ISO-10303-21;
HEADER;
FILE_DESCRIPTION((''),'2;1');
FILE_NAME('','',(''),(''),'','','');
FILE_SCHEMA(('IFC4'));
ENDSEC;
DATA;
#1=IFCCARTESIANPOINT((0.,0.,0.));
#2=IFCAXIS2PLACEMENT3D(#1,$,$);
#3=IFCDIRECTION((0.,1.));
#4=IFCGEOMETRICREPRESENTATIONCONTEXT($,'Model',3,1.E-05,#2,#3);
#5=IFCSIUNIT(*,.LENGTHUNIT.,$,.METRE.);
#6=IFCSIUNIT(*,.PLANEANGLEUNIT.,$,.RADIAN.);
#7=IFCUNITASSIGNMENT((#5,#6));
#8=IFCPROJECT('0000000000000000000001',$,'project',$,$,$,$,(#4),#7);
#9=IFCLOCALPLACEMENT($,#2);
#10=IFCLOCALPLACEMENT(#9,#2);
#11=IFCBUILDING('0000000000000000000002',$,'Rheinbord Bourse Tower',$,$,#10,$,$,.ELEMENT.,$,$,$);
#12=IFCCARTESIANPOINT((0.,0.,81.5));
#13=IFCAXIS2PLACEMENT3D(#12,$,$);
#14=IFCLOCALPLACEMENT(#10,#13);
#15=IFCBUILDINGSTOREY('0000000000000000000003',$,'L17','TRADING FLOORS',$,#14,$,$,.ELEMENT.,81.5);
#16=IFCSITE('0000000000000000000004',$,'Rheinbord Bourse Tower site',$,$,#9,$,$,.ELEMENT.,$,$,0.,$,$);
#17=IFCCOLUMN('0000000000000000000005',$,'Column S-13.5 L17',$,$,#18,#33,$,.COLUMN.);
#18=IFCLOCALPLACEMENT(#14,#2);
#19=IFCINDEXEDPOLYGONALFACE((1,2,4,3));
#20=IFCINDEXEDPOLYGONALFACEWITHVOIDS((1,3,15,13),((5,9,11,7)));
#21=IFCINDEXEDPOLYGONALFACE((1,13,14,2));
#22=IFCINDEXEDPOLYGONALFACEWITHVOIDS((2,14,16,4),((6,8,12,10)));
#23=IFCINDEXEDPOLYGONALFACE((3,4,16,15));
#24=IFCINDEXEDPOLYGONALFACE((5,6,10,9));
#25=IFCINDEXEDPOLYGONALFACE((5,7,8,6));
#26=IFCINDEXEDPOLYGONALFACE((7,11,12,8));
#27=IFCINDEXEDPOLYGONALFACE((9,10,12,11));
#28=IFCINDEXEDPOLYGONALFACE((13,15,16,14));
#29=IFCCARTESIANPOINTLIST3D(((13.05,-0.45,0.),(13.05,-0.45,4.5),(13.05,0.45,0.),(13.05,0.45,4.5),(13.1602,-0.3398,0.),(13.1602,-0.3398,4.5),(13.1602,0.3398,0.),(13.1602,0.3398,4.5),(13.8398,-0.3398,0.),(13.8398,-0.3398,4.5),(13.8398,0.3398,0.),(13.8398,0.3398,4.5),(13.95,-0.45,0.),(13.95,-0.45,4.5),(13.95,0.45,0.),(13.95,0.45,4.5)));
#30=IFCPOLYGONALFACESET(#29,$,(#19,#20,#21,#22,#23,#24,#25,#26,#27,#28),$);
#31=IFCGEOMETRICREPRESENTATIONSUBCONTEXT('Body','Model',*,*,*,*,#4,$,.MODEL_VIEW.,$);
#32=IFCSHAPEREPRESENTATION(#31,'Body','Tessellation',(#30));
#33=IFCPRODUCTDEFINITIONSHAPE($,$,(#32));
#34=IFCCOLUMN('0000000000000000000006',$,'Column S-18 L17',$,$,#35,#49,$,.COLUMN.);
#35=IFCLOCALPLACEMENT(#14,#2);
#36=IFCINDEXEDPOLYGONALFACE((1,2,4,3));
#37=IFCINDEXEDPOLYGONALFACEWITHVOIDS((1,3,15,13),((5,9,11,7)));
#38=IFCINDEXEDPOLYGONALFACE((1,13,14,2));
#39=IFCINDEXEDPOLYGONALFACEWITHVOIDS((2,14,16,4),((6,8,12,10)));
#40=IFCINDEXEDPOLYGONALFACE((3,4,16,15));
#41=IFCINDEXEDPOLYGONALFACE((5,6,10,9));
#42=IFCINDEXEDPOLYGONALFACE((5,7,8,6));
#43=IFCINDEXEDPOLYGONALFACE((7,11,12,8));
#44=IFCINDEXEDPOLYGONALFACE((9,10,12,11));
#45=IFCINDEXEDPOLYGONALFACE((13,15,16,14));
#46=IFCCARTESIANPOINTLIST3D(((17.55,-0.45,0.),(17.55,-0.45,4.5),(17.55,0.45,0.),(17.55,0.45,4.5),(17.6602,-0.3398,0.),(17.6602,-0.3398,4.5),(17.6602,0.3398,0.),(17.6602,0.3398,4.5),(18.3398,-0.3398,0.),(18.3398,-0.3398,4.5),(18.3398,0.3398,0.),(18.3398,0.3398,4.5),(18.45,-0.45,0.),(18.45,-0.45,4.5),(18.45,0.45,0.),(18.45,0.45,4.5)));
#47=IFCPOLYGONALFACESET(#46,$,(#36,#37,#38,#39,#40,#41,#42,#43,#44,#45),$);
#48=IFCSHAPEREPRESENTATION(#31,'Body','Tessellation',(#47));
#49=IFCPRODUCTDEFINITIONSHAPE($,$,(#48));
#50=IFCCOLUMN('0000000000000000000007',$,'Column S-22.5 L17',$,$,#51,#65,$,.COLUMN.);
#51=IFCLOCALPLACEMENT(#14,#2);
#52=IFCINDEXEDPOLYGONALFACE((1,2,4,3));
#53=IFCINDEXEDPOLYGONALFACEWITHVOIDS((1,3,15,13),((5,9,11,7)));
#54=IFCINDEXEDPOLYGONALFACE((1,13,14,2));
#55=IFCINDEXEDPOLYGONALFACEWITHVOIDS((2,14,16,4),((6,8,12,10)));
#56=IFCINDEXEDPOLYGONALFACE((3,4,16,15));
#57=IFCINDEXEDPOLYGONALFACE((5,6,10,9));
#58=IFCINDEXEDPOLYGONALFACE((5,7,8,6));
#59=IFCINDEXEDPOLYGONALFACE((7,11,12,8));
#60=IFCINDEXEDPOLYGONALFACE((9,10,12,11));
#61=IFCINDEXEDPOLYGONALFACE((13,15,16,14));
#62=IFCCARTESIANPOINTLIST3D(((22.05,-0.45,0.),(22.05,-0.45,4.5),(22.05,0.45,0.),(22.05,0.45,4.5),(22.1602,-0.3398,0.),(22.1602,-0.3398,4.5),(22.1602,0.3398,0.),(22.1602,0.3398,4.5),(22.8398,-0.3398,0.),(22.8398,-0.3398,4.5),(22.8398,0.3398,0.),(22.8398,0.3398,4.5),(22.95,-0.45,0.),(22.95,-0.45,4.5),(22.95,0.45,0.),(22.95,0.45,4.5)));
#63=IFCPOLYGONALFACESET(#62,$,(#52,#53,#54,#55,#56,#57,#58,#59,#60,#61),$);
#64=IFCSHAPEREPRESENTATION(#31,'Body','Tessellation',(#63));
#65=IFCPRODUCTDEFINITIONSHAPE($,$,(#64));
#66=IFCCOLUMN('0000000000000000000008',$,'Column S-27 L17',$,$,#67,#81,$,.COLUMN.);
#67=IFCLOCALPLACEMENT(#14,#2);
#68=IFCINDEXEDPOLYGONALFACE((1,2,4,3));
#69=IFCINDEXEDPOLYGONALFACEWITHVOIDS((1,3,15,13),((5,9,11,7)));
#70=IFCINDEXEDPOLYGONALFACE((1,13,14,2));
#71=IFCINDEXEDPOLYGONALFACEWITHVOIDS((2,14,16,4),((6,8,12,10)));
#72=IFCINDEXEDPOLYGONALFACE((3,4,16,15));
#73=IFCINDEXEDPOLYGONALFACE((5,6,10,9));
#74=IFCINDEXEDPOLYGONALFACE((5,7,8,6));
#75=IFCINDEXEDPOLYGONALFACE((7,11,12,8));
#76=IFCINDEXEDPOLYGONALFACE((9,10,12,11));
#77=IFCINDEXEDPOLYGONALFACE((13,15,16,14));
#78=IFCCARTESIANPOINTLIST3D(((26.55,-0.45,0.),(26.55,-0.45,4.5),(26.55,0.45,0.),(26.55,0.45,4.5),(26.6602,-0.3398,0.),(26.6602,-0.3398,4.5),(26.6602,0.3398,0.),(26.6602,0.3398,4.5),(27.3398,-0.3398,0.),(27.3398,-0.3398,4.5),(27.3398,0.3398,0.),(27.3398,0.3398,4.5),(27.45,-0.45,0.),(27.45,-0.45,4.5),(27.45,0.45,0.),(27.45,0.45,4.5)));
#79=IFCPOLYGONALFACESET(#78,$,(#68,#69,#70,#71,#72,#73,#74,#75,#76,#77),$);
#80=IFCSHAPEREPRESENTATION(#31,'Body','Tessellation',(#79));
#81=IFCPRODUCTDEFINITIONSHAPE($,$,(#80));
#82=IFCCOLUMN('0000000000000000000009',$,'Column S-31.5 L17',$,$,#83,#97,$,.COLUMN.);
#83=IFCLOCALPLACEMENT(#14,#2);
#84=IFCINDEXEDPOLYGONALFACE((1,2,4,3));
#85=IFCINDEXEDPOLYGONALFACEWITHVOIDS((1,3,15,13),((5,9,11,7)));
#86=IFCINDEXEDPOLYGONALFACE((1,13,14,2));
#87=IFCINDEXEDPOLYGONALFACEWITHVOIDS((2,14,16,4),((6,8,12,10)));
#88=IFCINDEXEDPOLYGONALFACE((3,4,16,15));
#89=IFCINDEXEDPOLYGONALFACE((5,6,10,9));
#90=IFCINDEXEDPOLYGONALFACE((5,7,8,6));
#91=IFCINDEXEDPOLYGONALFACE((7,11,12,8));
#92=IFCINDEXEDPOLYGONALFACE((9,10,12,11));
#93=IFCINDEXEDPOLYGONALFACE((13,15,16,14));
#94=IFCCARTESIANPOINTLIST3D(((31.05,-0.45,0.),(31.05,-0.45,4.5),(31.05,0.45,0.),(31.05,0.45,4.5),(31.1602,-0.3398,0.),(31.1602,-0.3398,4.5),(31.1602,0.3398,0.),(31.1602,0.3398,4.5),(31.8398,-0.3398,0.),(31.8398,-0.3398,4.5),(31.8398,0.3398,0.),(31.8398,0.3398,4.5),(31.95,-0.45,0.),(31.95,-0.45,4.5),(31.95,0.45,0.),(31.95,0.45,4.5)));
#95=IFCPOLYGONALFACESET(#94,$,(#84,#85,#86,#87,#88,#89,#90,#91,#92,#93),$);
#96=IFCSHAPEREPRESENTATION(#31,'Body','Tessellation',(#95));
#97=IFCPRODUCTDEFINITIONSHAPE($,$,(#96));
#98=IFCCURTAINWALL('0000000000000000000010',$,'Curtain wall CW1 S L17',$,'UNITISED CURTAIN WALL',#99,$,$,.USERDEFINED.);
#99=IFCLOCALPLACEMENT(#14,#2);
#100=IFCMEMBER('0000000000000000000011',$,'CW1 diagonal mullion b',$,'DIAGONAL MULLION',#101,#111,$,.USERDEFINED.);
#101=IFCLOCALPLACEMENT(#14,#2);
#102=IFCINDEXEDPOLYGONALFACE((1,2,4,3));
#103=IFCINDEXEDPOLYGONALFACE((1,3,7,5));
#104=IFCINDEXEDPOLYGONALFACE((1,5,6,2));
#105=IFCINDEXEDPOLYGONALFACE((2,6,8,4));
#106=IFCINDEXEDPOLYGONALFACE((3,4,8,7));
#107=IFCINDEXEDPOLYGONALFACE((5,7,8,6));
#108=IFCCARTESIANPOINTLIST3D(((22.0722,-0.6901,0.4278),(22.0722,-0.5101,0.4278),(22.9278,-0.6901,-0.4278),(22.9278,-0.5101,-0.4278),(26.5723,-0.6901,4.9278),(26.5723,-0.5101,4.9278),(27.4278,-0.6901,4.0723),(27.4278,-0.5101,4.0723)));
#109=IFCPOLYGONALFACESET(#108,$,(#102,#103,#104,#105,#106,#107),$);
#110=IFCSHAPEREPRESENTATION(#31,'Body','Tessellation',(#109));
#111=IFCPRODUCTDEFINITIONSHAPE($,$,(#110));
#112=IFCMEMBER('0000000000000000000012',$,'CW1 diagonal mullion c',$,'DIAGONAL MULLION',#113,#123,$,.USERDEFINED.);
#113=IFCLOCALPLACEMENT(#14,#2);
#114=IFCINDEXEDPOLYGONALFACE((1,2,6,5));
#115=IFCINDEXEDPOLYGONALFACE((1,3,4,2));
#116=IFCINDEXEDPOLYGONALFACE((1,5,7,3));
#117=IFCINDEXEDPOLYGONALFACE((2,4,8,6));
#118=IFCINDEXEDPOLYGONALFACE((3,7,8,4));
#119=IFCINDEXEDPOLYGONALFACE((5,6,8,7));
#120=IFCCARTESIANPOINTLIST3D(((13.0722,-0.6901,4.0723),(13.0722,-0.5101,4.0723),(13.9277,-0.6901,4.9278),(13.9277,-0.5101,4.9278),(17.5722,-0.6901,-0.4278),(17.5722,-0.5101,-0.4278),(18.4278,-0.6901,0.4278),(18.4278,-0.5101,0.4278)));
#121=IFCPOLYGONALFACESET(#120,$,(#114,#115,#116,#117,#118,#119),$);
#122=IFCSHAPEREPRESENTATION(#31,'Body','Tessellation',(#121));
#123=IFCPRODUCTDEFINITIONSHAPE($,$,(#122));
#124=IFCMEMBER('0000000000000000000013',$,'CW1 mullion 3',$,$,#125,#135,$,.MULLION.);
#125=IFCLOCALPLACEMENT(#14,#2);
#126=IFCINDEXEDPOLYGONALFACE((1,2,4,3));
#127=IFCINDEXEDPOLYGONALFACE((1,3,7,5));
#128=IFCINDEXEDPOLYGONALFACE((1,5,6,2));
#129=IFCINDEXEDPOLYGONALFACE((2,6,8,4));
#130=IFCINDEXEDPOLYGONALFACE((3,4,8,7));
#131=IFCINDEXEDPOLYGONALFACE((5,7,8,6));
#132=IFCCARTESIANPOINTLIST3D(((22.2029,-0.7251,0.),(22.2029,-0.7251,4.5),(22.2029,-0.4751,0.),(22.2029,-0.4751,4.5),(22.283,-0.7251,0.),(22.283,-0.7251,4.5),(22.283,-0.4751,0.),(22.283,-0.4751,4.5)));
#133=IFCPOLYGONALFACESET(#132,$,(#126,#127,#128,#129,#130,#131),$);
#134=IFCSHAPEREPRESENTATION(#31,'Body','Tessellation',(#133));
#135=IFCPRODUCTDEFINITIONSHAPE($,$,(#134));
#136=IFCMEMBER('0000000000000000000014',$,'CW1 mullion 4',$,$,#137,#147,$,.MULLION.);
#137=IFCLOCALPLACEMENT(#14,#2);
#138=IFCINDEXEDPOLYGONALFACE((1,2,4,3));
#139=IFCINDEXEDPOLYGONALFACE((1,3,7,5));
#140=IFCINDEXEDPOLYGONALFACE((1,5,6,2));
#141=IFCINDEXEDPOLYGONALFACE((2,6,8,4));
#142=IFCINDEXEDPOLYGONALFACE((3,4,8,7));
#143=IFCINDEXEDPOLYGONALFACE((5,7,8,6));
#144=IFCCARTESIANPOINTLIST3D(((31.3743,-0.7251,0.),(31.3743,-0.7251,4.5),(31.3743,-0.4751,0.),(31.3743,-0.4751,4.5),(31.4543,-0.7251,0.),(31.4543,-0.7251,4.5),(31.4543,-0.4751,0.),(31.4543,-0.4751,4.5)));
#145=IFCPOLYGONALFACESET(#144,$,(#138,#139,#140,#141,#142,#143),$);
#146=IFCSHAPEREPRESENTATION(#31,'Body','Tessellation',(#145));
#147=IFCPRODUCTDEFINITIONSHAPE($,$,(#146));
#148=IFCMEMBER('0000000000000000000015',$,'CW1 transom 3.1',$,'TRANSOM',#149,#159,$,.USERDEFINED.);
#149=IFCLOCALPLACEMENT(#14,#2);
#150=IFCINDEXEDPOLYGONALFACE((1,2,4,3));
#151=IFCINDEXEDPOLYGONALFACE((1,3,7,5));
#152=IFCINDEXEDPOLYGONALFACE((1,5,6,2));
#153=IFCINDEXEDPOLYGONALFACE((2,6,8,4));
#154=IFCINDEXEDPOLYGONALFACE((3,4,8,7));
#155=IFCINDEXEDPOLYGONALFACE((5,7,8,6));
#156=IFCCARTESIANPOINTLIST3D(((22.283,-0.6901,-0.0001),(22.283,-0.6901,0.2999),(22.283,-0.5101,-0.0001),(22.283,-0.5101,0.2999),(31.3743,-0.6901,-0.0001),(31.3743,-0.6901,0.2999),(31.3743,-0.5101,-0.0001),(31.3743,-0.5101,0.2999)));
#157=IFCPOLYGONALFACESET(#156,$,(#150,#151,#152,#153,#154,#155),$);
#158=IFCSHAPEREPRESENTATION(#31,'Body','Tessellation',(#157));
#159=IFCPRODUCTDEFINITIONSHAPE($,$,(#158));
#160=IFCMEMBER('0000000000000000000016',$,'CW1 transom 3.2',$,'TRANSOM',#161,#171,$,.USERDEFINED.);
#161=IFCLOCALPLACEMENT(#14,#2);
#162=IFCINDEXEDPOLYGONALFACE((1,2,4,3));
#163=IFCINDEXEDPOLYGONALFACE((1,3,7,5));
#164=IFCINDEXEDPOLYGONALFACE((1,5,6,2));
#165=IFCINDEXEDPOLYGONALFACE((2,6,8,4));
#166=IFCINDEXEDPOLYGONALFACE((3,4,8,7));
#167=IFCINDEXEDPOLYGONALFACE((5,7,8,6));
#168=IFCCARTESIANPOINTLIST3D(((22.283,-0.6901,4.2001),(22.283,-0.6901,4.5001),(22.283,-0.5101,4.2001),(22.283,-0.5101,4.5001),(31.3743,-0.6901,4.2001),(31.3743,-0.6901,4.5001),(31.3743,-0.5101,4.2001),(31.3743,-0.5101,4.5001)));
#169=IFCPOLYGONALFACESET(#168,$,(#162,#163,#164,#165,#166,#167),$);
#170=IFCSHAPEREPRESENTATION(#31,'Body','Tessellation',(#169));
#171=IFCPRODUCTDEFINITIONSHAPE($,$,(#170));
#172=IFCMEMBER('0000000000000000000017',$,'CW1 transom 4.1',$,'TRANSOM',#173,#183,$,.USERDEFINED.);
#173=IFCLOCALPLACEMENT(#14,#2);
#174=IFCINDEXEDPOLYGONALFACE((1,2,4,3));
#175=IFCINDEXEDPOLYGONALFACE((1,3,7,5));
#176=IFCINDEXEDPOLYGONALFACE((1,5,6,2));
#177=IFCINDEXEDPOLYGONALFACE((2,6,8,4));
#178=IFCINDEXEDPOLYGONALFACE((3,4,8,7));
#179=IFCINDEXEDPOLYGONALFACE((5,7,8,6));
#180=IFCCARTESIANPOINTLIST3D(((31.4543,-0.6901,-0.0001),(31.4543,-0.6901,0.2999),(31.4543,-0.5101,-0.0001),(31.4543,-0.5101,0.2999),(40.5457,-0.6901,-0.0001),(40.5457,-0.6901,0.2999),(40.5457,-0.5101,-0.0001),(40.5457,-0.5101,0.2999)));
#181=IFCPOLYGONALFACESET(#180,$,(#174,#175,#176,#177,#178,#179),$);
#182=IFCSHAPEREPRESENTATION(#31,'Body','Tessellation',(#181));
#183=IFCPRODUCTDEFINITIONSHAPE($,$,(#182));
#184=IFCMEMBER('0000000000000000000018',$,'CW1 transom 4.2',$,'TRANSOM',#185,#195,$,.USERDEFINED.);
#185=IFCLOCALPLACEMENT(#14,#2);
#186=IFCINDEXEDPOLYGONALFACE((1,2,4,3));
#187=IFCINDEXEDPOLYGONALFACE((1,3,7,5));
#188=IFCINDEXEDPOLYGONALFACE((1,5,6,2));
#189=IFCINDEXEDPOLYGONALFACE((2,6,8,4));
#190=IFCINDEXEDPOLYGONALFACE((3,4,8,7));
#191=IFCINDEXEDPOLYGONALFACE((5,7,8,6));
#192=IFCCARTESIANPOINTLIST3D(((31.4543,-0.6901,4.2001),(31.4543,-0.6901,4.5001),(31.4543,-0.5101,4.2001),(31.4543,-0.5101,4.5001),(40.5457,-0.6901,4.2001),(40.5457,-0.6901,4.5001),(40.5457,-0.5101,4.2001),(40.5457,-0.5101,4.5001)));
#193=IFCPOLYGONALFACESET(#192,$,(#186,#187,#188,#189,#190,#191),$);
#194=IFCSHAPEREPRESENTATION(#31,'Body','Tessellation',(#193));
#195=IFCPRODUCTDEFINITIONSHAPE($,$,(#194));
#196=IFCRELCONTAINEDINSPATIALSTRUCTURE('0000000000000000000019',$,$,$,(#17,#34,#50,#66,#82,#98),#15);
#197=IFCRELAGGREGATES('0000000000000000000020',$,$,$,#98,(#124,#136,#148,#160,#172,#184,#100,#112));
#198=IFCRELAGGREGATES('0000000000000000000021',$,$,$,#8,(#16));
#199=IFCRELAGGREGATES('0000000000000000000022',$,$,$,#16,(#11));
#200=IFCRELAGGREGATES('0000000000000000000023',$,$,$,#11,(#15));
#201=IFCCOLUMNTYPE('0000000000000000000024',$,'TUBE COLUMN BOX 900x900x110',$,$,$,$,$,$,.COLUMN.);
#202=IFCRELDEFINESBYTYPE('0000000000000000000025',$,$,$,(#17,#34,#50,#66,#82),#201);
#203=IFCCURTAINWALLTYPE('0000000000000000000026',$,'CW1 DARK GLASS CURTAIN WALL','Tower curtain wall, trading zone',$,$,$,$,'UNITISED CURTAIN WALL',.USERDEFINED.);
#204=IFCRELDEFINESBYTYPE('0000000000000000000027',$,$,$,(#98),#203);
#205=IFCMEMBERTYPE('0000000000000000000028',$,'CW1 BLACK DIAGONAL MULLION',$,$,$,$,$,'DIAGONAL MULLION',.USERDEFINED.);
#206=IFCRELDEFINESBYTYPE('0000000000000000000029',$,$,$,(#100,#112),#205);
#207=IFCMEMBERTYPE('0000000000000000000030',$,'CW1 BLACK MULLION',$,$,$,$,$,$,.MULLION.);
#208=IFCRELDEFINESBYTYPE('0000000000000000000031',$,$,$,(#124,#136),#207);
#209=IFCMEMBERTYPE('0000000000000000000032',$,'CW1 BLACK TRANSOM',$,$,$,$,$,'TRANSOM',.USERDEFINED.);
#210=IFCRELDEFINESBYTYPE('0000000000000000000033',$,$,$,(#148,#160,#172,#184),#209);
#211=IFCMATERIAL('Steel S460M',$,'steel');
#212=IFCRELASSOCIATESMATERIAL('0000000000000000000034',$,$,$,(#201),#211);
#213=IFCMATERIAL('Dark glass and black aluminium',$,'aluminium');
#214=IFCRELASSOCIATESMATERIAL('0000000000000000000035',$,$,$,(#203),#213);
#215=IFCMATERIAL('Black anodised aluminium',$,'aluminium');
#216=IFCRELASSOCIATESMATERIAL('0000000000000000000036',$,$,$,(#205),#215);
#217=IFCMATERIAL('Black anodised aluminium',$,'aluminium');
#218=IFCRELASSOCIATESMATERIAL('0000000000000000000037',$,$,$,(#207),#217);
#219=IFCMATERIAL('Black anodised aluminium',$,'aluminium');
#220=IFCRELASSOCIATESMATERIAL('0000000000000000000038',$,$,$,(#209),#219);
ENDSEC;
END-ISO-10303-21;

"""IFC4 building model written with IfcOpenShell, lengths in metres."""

from ifc_helpers import new_model, si_unit, direction, frame, origin, origin_2d, place, context, subcontext, project, spatial, rectangle, hollow_rectangle, extrude, material, material_profile, profile_set, type_object, element, aggregate, save


model = new_model("IFC4")

# Units and contexts
model_context = context("Model", 3, precision=1e-05, world=origin(), true_north=direction((0.0, 1.0)))
body_context = subcontext(model_context, "Body", "Model", "MODEL_VIEW")
ifc_project = project(units=[si_unit("LENGTHUNIT", "METRE"), si_unit("PLANEANGLEUNIT", "RADIAN")], contexts=[model_context])

# Site, building, storey
site_placement = place(None, origin())
site = spatial("IfcSite", under=ifc_project, at=site_placement, Name="Rheinbord Bourse Tower site", CompositionType="ELEMENT", RefElevation=0.0)
building_placement = place(site_placement, origin())
building = spatial("IfcBuilding", under=site, at=building_placement, Name="Rheinbord Bourse Tower", CompositionType="ELEMENT")
storey_placement = place(building_placement, frame((0.0, 0.0, 81.5)))
storey = spatial("IfcBuildingStorey", under=building, at=storey_placement, Name="L17", Description="TRADING FLOORS", CompositionType="ELEMENT", Elevation=81.5)

# Columns
ifc_material_1 = material(Name="Steel S460M", Category="steel")
ifc_material_profile_1 = material_profile(ifc_material_1, hollow_rectangle(XDim=0.8999, YDim=0.8999, WallThickness=0.1101, at=origin_2d()), Name="BOX 900x900x110")
ifc_profile_set_1 = profile_set([ifc_material_profile_1], Name="Steel S460M")
column_type = type_object("IfcColumnType", Name="TUBE COLUMN BOX 900x900x110", PredefinedType="COLUMN", material=ifc_profile_set_1)
for number, where, z_axis, x_axis, name in (
    (1, (13.5, 0.0, 0.0), (0.0, 0.0, 1.0), (0.0, 1.0, 0.0), "Column S-13.5 L17"),
    (2, (18.0, 0.0, 0.0), (0.0, 0.0, 1.0), (0.0, 1.0, 0.0), "Column S-18 L17"),
    (3, (22.5, 0.0, 0.0), (0.0, 0.0, 1.0), (0.0, 1.0, 0.0), "Column S-22.5 L17"),
    (4, (27.0, 0.0, 0.0), (0.0, 0.0, 1.0), (0.0, 1.0, 0.0), "Column S-27 L17"),
    (5, (31.5, 0.0, 0.0), (0.0, 0.0, 1.0), (0.0, 1.0, 0.0), "Column S-31.5 L17"),
):
    element("IfcColumn", number, at=place(storey_placement, frame(where, z_axis=z_axis, x_axis=x_axis)), inside=storey, type_object=column_type, Name=name, PredefinedType="COLUMN", context=body_context, shape_type="SweptSolid", body=[
        extrude(hollow_rectangle(XDim=0.8999, YDim=0.8999, WallThickness=0.1101, at=origin_2d()), origin(), (0.0, 0.0, 1.0), 4.5),
    ])

# Curtain wall, members
ifc_material_2 = material(Name="Dark glass and black aluminium", Category="aluminium")
curtain_wall_type = type_object("IfcCurtainWallType", Name="CW1 DARK GLASS CURTAIN WALL", Description="Tower curtain wall, trading zone", ElementType="UNITISED CURTAIN WALL", PredefinedType="USERDEFINED", material=ifc_material_2)
curtain_wall_placement = place(storey_placement, origin())
curtain_wall = element("IfcCurtainWall", 6, at=curtain_wall_placement, inside=storey, type_object=curtain_wall_type, Name="Curtain wall CW1 S L17", ObjectType="UNITISED CURTAIN WALL", PredefinedType="USERDEFINED")
ifc_material_3 = material(Name="Black anodised aluminium", Category="aluminium")
ifc_material_profile_2 = material_profile(ifc_material_3, rectangle(XDim=0.1799, YDim=1.21, at=origin_2d()), Name="CW1 DIAGONAL MULLION 1210x180")
ifc_profile_set_2 = profile_set([ifc_material_profile_2], Name="Black anodised aluminium")
member_type_1 = type_object("IfcMemberType", Name="CW1 BLACK DIAGONAL MULLION", ElementType="DIAGONAL MULLION", PredefinedType="USERDEFINED", material=ifc_profile_set_2)
member_1_placement = place(storey_placement, frame((22.5, -0.6001, 0.0), z_axis=(0.707107, 0.0, 0.707107), x_axis=(0.0, 1.0, 0.0)))
member_1 = element("IfcMember", 7, at=member_1_placement, type_object=member_type_1, Name="CW1 diagonal mullion b", ObjectType="DIAGONAL MULLION", PredefinedType="USERDEFINED", context=body_context, shape_type="SweptSolid", body=[
    extrude(rectangle(XDim=0.1799, YDim=1.21, at=origin_2d()), origin(), (0.0, 0.0, 1.0), 6.364),
])
member_2_placement = place(storey_placement, frame((18.0, -0.6001, 0.0), z_axis=(-0.707107, 0.0, 0.707107), x_axis=(0.0, -1.0, 0.0)))
member_2 = element("IfcMember", 8, at=member_2_placement, type_object=member_type_1, Name="CW1 diagonal mullion c", ObjectType="DIAGONAL MULLION", PredefinedType="USERDEFINED", context=body_context, shape_type="SweptSolid", body=[
    extrude(rectangle(XDim=0.1799, YDim=1.21, at=origin_2d()), origin(), (0.0, 0.0, 1.0), 6.364),
])
ifc_material_4 = material(Name="Black anodised aluminium", Category="aluminium")
ifc_material_profile_3 = material_profile(ifc_material_4, rectangle(XDim=0.25, YDim=0.0801, at=origin_2d()), Name="CW1 MULLION 80x250")
ifc_profile_set_3 = profile_set([ifc_material_profile_3], Name="Black anodised aluminium")
member_type_2 = type_object("IfcMemberType", Name="CW1 BLACK MULLION", PredefinedType="MULLION", material=ifc_profile_set_3)
member_3_placement = place(storey_placement, frame((22.2429, -0.6001, 0.0), z_axis=(0.0, 0.0, 1.0), x_axis=(0.0, 1.0, 0.0)))
member_3 = element("IfcMember", 9, at=member_3_placement, type_object=member_type_2, Name="CW1 mullion 3", PredefinedType="MULLION", context=body_context, shape_type="SweptSolid", body=[
    extrude(rectangle(XDim=0.25, YDim=0.0801, at=origin_2d()), origin(), (0.0, 0.0, 1.0), 4.5),
])
member_4_placement = place(storey_placement, frame((31.4143, -0.6001, 0.0), z_axis=(0.0, 0.0, 1.0), x_axis=(0.0, 1.0, 0.0)))
member_4 = element("IfcMember", 10, at=member_4_placement, type_object=member_type_2, Name="CW1 mullion 4", PredefinedType="MULLION", context=body_context, shape_type="SweptSolid", body=[
    extrude(rectangle(XDim=0.25, YDim=0.0801, at=origin_2d()), origin(), (0.0, 0.0, 1.0), 4.5),
])
ifc_material_5 = material(Name="Black anodised aluminium", Category="aluminium")
ifc_material_profile_4 = material_profile(ifc_material_5, rectangle(XDim=0.1799, YDim=0.3, at=origin_2d()), Name="CW1 TRANSOM 300x180")
ifc_profile_set_4 = profile_set([ifc_material_profile_4], Name="Black anodised aluminium")
member_type_3 = type_object("IfcMemberType", Name="CW1 BLACK TRANSOM", ElementType="TRANSOM", PredefinedType="USERDEFINED", material=ifc_profile_set_4)
member_5_placement = place(storey_placement, frame((22.283, -0.6001, 0.1499), z_axis=(1.0, 0.0, 0.0), x_axis=(0.0, 1.0, 0.0)))
member_5 = element("IfcMember", 11, at=member_5_placement, type_object=member_type_3, Name="CW1 transom 3.1", ObjectType="TRANSOM", PredefinedType="USERDEFINED", context=body_context, shape_type="SweptSolid", body=[
    extrude(rectangle(XDim=0.1799, YDim=0.3, at=origin_2d()), origin(), (0.0, 0.0, 1.0), 9.0913),
])
member_6_placement = place(storey_placement, frame((22.283, -0.6001, 4.3501), z_axis=(1.0, 0.0, 0.0), x_axis=(0.0, 1.0, 0.0)))
member_6 = element("IfcMember", 12, at=member_6_placement, type_object=member_type_3, Name="CW1 transom 3.2", ObjectType="TRANSOM", PredefinedType="USERDEFINED", context=body_context, shape_type="SweptSolid", body=[
    extrude(rectangle(XDim=0.1799, YDim=0.3, at=origin_2d()), origin(), (0.0, 0.0, 1.0), 9.0913),
])
member_7_placement = place(storey_placement, frame((31.4543, -0.6001, 0.1499), z_axis=(1.0, 0.0, 0.0), x_axis=(0.0, 1.0, 0.0)))
member_7 = element("IfcMember", 13, at=member_7_placement, type_object=member_type_3, Name="CW1 transom 4.1", ObjectType="TRANSOM", PredefinedType="USERDEFINED", context=body_context, shape_type="SweptSolid", body=[
    extrude(rectangle(XDim=0.1799, YDim=0.3, at=origin_2d()), origin(), (0.0, 0.0, 1.0), 9.0913),
])
member_8_placement = place(storey_placement, frame((31.4543, -0.6001, 4.3501), z_axis=(1.0, 0.0, 0.0), x_axis=(0.0, 1.0, 0.0)))
member_8 = element("IfcMember", 14, at=member_8_placement, type_object=member_type_3, Name="CW1 transom 4.2", ObjectType="TRANSOM", PredefinedType="USERDEFINED", context=body_context, shape_type="SweptSolid", body=[
    extrude(rectangle(XDim=0.1799, YDim=0.3, at=origin_2d()), origin(), (0.0, 0.0, 1.0), 9.0913),
])

aggregate(curtain_wall, [member_3, member_4, member_5, member_6, member_7, member_8, member_1, member_2])

save(model, "model.ifc")
